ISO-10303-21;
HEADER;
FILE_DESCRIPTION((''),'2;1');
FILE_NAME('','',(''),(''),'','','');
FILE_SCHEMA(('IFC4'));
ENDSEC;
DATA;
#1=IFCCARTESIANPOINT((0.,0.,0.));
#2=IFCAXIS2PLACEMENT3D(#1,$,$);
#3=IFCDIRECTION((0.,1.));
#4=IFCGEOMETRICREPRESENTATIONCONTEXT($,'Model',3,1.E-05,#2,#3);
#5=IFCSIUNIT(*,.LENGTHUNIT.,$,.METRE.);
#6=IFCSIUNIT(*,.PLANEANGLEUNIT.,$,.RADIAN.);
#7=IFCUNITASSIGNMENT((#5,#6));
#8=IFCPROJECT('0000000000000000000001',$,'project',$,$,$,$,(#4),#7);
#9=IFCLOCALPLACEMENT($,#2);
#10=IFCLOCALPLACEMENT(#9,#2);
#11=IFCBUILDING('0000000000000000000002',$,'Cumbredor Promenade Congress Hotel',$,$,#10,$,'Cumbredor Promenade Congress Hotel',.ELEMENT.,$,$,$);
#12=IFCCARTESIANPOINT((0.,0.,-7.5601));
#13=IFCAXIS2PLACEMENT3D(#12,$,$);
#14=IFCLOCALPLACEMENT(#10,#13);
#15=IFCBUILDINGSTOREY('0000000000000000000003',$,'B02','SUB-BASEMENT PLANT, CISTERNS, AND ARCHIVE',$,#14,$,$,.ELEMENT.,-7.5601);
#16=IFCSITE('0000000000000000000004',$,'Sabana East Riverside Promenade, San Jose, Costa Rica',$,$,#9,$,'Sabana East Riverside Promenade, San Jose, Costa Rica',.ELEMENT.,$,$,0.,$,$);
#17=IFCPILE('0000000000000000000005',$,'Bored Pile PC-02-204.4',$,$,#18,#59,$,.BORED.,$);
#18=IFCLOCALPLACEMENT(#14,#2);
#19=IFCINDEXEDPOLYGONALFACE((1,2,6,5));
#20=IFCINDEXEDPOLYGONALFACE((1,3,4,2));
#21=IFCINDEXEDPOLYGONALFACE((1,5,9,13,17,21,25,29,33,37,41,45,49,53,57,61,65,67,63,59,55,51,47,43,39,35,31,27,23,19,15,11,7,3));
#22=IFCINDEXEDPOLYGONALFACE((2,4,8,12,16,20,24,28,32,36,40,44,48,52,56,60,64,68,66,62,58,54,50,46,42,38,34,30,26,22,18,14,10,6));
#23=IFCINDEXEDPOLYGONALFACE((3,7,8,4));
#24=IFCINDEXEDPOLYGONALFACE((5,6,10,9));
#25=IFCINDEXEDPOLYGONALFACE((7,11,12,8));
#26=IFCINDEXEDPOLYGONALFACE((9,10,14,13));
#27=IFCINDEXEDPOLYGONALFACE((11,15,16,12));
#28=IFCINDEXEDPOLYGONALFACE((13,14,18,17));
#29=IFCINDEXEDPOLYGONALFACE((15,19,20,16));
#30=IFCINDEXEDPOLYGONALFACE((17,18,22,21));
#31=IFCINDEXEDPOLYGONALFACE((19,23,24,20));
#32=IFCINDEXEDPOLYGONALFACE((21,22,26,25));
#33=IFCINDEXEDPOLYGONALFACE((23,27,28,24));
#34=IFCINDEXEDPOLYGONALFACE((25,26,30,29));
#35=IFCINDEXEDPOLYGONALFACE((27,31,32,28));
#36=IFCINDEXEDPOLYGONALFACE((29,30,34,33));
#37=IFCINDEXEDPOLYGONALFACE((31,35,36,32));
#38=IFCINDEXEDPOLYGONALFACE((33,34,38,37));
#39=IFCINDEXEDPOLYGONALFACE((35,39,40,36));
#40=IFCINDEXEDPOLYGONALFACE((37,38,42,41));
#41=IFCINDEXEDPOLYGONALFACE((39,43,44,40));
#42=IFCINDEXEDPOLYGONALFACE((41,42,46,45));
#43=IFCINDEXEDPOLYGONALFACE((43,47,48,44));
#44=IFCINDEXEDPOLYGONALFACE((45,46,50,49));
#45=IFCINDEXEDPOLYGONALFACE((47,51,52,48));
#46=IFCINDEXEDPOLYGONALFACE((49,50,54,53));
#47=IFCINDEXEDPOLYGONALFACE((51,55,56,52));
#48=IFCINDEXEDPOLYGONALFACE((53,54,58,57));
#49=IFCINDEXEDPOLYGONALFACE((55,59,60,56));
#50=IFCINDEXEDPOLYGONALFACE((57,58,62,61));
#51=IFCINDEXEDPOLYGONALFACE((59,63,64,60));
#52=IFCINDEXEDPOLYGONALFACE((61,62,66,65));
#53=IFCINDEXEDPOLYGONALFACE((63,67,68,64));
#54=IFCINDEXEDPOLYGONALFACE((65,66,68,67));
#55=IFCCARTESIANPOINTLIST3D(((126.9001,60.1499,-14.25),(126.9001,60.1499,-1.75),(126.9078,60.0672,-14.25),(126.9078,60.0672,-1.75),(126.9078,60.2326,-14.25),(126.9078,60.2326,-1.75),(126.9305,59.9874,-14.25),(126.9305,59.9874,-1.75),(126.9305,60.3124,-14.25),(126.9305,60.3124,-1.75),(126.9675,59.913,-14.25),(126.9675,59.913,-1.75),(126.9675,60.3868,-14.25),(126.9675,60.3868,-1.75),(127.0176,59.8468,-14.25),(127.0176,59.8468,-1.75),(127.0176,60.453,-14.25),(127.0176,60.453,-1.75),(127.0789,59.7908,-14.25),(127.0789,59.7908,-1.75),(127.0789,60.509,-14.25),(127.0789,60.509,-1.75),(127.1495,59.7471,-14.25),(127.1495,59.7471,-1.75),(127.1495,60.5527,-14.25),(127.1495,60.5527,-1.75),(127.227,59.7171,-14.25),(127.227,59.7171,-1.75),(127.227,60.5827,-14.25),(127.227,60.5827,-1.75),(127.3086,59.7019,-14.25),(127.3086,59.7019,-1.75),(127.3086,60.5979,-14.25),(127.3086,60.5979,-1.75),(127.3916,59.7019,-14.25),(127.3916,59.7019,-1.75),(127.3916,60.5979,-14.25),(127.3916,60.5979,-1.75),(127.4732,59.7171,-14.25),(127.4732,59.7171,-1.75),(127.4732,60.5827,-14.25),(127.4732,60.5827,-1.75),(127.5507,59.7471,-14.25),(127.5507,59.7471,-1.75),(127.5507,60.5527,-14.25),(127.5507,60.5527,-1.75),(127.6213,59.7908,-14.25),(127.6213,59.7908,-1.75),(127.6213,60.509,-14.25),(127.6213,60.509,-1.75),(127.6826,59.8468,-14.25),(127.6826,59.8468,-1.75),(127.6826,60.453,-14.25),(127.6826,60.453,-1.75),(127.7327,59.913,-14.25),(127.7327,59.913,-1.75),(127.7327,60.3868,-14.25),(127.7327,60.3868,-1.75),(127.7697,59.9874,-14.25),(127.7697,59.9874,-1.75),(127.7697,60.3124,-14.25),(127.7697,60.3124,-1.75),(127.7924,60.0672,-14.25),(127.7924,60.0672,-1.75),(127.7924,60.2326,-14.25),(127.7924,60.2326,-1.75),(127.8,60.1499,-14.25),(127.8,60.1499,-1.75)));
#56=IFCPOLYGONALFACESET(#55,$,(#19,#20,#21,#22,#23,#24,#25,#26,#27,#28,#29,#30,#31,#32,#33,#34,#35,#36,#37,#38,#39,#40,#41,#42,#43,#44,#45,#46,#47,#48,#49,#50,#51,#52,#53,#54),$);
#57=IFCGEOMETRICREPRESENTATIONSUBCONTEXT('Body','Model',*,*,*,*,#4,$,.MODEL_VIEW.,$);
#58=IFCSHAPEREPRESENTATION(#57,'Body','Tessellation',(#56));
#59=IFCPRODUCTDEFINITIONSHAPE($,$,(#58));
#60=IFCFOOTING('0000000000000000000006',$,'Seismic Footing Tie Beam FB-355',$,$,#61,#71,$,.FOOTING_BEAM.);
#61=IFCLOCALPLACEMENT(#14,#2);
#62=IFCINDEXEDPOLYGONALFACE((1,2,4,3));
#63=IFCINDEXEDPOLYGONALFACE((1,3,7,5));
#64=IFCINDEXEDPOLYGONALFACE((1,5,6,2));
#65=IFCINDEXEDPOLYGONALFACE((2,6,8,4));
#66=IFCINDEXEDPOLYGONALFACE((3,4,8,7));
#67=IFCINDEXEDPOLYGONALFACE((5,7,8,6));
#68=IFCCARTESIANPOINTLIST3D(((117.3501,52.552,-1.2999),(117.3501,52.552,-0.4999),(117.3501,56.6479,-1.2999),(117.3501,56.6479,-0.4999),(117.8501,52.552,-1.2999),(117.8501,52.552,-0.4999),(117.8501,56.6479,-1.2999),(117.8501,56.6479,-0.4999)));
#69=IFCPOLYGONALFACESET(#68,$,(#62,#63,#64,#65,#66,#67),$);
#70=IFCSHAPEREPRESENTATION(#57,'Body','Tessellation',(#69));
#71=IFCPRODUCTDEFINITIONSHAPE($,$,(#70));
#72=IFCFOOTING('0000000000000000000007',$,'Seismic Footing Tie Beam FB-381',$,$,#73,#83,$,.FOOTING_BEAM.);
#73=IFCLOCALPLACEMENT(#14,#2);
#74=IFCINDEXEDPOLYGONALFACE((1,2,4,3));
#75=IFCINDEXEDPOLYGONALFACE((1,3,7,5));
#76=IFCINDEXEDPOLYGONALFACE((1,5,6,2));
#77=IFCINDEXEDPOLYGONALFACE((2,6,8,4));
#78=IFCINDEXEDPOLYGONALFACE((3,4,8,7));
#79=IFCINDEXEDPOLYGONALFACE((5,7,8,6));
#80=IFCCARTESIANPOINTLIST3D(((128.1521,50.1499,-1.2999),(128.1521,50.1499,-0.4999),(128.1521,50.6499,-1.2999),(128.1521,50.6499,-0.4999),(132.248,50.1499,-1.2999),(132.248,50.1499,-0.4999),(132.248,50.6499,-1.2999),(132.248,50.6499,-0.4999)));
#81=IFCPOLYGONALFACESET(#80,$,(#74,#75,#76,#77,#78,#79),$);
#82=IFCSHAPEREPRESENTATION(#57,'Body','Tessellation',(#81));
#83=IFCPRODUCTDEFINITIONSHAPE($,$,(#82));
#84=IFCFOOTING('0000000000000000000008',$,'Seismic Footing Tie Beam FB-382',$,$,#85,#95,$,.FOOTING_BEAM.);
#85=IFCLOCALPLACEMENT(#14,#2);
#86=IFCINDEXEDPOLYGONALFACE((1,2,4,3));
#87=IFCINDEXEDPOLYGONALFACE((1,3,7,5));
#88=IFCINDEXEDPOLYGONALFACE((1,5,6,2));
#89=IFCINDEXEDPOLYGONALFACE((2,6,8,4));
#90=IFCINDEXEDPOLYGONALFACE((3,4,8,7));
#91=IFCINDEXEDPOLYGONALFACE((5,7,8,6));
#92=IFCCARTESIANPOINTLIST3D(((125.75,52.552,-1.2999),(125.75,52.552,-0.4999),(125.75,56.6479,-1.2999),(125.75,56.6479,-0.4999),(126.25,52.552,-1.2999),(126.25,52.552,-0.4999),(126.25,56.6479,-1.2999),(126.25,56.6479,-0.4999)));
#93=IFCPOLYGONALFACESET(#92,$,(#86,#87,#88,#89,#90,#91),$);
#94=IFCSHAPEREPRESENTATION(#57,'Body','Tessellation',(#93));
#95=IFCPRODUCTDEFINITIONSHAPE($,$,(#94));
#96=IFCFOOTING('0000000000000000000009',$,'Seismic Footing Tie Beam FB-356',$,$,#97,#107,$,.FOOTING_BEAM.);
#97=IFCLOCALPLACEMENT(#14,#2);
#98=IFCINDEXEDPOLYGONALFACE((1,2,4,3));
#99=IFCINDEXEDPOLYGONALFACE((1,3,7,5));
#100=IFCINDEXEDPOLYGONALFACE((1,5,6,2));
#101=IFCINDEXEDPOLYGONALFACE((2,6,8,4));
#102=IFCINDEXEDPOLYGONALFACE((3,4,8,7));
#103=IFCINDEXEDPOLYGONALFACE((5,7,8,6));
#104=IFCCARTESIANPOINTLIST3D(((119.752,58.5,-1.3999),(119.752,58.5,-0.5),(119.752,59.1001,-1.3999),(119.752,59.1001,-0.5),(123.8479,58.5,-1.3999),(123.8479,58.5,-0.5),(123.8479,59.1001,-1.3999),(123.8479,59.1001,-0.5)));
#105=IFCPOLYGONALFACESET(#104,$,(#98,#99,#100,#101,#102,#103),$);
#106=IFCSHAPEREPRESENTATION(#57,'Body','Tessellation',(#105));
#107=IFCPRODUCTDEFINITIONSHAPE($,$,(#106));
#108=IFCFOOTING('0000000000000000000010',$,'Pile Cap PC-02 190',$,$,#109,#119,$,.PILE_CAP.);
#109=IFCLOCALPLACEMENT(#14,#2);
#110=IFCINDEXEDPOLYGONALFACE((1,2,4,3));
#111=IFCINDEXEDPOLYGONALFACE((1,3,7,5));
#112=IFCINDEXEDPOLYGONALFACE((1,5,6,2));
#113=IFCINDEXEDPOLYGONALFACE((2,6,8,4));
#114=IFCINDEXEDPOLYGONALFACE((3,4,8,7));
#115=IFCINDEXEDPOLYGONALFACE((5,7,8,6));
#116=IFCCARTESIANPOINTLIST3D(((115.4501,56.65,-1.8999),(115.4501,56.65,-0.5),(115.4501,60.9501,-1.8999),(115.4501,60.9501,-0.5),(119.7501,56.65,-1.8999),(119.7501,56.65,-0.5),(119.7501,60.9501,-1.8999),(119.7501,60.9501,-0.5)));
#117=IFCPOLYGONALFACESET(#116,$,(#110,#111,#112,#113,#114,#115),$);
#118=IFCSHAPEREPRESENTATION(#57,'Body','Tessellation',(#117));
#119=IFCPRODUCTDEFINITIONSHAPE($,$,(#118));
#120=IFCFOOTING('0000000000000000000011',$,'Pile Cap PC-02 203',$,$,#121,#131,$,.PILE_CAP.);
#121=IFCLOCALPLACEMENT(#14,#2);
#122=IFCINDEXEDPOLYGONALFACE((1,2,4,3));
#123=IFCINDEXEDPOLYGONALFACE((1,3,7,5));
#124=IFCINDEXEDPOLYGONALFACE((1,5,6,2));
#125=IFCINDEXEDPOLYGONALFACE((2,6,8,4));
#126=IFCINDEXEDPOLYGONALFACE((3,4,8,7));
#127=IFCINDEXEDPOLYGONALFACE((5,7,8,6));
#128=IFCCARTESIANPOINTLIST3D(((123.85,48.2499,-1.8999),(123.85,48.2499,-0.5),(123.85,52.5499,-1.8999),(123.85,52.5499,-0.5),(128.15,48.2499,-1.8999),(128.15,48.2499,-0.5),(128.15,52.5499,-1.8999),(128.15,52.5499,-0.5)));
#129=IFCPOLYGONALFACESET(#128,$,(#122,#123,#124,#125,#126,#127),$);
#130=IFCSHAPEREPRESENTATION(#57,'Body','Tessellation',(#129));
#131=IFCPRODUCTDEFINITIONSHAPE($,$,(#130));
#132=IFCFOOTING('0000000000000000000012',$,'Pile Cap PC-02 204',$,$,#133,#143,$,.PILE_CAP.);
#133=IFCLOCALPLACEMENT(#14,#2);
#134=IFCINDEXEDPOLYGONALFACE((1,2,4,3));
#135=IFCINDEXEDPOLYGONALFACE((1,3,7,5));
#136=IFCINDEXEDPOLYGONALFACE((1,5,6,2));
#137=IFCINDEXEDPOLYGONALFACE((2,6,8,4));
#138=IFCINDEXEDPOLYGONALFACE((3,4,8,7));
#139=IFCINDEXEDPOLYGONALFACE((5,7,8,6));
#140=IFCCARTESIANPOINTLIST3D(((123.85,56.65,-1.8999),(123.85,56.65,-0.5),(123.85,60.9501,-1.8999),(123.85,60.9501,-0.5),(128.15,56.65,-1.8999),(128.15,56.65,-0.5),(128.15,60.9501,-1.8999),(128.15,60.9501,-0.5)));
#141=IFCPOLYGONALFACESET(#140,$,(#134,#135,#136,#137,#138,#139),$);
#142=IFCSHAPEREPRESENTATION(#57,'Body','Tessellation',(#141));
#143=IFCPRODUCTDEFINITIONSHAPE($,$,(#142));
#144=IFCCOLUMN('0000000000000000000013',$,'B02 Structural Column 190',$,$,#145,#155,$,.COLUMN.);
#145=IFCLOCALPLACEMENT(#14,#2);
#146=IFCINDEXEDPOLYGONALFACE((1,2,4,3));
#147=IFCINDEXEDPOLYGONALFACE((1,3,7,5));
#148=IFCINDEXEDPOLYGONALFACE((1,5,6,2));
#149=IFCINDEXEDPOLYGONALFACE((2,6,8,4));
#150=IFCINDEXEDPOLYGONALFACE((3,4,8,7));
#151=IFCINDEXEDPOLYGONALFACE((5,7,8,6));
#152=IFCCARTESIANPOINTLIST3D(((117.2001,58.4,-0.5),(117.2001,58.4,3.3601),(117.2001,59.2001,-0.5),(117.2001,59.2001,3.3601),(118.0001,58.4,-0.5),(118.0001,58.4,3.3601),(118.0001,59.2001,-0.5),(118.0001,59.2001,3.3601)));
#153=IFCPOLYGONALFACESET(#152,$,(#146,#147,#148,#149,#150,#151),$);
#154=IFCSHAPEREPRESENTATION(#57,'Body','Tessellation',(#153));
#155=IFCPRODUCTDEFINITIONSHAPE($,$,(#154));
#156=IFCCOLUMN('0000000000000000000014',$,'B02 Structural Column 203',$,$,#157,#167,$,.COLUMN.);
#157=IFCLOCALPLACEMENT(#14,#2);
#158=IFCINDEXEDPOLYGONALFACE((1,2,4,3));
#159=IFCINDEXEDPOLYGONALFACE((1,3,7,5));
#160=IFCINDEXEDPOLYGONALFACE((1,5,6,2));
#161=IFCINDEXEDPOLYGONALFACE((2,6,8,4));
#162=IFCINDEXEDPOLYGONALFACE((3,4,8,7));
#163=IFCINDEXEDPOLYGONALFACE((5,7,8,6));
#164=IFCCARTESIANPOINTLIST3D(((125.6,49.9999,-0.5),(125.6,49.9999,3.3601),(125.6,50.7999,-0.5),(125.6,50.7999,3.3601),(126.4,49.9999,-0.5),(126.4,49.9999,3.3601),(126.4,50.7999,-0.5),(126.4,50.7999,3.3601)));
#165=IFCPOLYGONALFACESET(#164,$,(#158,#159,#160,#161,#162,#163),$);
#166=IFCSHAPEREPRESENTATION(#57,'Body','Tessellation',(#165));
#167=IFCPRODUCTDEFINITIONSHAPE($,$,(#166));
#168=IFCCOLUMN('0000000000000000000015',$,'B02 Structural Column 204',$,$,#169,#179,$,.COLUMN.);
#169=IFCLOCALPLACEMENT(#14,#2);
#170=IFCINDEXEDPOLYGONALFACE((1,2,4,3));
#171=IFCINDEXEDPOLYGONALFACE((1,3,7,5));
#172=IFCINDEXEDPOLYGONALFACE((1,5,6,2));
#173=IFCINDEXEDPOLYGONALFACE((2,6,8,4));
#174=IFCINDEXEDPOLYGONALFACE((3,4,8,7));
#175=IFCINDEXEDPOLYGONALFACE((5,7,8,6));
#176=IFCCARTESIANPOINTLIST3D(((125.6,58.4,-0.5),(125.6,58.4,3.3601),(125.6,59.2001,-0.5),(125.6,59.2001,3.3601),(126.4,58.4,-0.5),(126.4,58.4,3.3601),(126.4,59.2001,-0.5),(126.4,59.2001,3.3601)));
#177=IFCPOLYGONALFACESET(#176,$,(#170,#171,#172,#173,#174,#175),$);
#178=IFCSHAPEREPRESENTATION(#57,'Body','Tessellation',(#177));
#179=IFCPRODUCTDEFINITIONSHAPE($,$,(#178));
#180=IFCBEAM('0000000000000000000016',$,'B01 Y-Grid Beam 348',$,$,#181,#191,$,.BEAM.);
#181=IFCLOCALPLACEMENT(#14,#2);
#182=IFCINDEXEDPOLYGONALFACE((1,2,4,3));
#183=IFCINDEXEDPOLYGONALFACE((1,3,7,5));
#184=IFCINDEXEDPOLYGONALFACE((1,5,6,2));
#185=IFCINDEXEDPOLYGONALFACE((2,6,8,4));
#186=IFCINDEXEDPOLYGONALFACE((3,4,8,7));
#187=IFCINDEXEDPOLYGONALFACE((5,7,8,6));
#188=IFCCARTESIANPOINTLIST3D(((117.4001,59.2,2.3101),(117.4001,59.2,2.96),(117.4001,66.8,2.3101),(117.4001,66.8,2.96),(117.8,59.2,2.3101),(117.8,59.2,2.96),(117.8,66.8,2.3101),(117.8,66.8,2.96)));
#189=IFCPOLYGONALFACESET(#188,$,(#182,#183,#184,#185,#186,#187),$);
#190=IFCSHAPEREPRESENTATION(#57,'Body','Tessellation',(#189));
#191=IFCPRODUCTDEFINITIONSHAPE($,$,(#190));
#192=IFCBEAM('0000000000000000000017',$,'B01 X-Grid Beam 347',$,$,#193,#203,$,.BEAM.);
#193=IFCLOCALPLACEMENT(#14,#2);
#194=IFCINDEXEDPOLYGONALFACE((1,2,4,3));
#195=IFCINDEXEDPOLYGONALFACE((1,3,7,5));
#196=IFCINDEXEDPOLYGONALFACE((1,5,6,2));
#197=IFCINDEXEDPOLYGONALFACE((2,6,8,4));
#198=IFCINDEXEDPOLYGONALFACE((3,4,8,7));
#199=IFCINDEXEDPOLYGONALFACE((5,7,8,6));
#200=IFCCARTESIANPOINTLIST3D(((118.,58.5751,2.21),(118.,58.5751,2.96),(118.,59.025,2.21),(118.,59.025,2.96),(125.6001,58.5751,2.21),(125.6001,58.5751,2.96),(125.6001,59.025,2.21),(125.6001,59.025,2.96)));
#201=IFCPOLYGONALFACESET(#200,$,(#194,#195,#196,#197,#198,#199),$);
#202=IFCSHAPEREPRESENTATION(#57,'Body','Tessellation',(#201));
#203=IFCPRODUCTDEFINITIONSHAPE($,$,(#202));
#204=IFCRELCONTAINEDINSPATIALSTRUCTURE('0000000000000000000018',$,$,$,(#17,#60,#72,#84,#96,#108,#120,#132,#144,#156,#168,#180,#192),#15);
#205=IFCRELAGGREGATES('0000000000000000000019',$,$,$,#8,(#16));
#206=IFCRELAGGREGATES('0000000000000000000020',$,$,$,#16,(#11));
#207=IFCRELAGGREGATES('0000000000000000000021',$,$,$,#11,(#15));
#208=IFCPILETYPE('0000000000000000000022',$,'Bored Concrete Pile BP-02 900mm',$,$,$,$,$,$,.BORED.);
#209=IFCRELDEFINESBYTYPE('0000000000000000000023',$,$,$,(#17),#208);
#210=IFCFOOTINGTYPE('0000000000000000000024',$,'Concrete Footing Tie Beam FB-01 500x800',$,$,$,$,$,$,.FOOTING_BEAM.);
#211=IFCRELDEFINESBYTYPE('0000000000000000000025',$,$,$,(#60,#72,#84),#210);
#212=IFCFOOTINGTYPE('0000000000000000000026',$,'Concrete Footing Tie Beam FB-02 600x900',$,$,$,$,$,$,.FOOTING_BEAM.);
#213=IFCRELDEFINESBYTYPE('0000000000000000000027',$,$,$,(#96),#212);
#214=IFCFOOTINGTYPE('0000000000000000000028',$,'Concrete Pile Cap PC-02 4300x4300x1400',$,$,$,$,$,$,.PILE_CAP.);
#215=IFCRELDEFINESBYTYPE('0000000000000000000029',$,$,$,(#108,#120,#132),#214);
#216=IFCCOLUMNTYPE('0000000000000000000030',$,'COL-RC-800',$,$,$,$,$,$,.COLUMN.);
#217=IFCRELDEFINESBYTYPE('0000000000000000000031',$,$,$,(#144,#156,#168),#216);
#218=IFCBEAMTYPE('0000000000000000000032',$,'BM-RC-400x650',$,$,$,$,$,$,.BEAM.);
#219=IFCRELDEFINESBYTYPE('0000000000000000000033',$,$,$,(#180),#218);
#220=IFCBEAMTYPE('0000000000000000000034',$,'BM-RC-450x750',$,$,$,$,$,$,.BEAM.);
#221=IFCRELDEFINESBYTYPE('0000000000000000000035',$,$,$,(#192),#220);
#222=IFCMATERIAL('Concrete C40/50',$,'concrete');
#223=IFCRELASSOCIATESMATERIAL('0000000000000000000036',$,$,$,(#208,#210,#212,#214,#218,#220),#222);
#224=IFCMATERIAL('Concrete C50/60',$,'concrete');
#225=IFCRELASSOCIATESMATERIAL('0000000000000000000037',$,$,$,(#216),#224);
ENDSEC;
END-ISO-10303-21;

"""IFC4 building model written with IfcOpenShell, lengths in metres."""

from ifc_helpers import new_model, si_unit, direction, frame, origin, origin_2d, place, context, subcontext, project, spatial, rectangle, circle, extrude, material, material_profile, profile_set, type_object, element, save


model = new_model("IFC4")

# Units and contexts
model_context = context("Model", 3, precision=1e-05, world=origin(), true_north=direction((0.0, 1.0)))
body_context = subcontext(model_context, "Body", "Model", "MODEL_VIEW")
ifc_project = project(units=[si_unit("LENGTHUNIT", "METRE"), si_unit("PLANEANGLEUNIT", "RADIAN")], contexts=[model_context])

# Site, building, storey
site_placement = place(None, origin())
site = spatial("IfcSite", under=ifc_project, at=site_placement, Name="Sabana East Riverside Promenade, San Jose, Costa Rica", LongName="Sabana East Riverside Promenade, San Jose, Costa Rica", CompositionType="ELEMENT", RefElevation=0.0)
building_placement = place(site_placement, origin())
building = spatial("IfcBuilding", under=site, at=building_placement, Name="Cumbredor Promenade Congress Hotel", LongName="Cumbredor Promenade Congress Hotel", CompositionType="ELEMENT")
storey_placement = place(building_placement, frame((0.0, 0.0, -7.5601)))
storey = spatial("IfcBuildingStorey", under=building, at=storey_placement, Name="B02", Description="SUB-BASEMENT PLANT, CISTERNS, AND ARCHIVE", CompositionType="ELEMENT", Elevation=-7.5601)

# Pile
ifc_material_1 = material(Name="Concrete C40/50", Category="concrete")
ifc_material_profile_1 = material_profile(ifc_material_1, circle(Radius=0.45, at=origin_2d()), Name="PILE D900")
ifc_profile_set_1 = profile_set([ifc_material_profile_1], Name="Concrete C40/50")
pile_type = type_object("IfcPileType", Name="Bored Concrete Pile BP-02 900mm", PredefinedType="BORED", material=ifc_profile_set_1)
for number, where, z_axis, x_axis, name in (
    (1, (127.3501, 60.1499, -1.75), (0.0, 0.0, -1.0), (1.0, 0.0, 0.0), "Bored Pile PC-02-204.4"),
):
    element("IfcPile", number, at=place(storey_placement, frame(where, z_axis=z_axis, x_axis=x_axis)), inside=storey, type_object=pile_type, Name=name, PredefinedType="BORED", context=body_context, shape_type="SweptSolid", body=[
        extrude(circle(Radius=0.45, at=origin_2d()), origin(), (0.0, 0.0, 1.0), 12.5),
    ])

# Footings
ifc_material_profile_2 = material_profile(ifc_material_1, rectangle(XDim=0.5, YDim=0.8, at=origin_2d()), Name="FB 500x800")
ifc_profile_set_2 = profile_set([ifc_material_profile_2], Name="Concrete C40/50")
footing_type_1 = type_object("IfcFootingType", Name="Concrete Footing Tie Beam FB-01 500x800", PredefinedType="FOOTING_BEAM", material=ifc_profile_set_2)
for number, where, z_axis, x_axis, name in (
    (2, (117.6001, 52.552, -0.8999), (0.0, 1.0, 0.0), (-1.0, 0.0, 0.0), "Seismic Footing Tie Beam FB-355"),
    (3, (128.1521, 50.3999, -0.8999), (1.0, 0.0, 0.0), (0.0, 1.0, 0.0), "Seismic Footing Tie Beam FB-381"),
    (4, (126.0, 52.552, -0.8999), (0.0, 1.0, 0.0), (-1.0, 0.0, 0.0), "Seismic Footing Tie Beam FB-382"),
):
    element("IfcFooting", number, at=place(storey_placement, frame(where, z_axis=z_axis, x_axis=x_axis)), inside=storey, type_object=footing_type_1, Name=name, PredefinedType="FOOTING_BEAM", context=body_context, shape_type="SweptSolid", body=[
        extrude(rectangle(XDim=0.5, YDim=0.8, at=origin_2d()), origin(), (0.0, 0.0, 1.0), 4.0959),
    ])
ifc_material_profile_3 = material_profile(ifc_material_1, rectangle(XDim=0.6001, YDim=0.8999, at=origin_2d()), Name="FB 600x900")
ifc_profile_set_3 = profile_set([ifc_material_profile_3], Name="Concrete C40/50")
footing_type_2 = type_object("IfcFootingType", Name="Concrete Footing Tie Beam FB-02 600x900", PredefinedType="FOOTING_BEAM", material=ifc_profile_set_3)
footing_placement = place(storey_placement, frame((119.752, 58.8, -0.95), z_axis=(1.0, 0.0, 0.0), x_axis=(0.0, 1.0, 0.0)))
element("IfcFooting", 5, at=footing_placement, inside=storey, type_object=footing_type_2, Name="Seismic Footing Tie Beam FB-356", PredefinedType="FOOTING_BEAM", context=body_context, shape_type="SweptSolid", body=[
    extrude(rectangle(XDim=0.6001, YDim=0.8999, at=origin_2d()), origin(), (0.0, 0.0, 1.0), 4.0959),
])
footing_type_3 = type_object("IfcFootingType", Name="Concrete Pile Cap PC-02 4300x4300x1400", PredefinedType="PILE_CAP", material=ifc_material_1)
for number, where, z_axis, x_axis, name in (
    (6, (117.6001, 58.8, -1.8999), (0.0, 0.0, 1.0), (1.0, 0.0, 0.0), "Pile Cap PC-02 190"),
    (7, (126.0, 50.3999, -1.8999), (0.0, 0.0, 1.0), (1.0, 0.0, 0.0), "Pile Cap PC-02 203"),
    (8, (126.0, 58.8, -1.8999), (0.0, 0.0, 1.0), (1.0, 0.0, 0.0), "Pile Cap PC-02 204"),
):
    element("IfcFooting", number, at=place(storey_placement, frame(where, z_axis=z_axis, x_axis=x_axis)), inside=storey, type_object=footing_type_3, Name=name, PredefinedType="PILE_CAP", context=body_context, shape_type="SweptSolid", body=[
        extrude(rectangle(XDim=4.3, YDim=4.3, at=origin_2d()), origin(), (0.0, 0.0, 1.0), 1.3999),
    ])

# Columns
ifc_material_2 = material(Name="Concrete C50/60", Category="concrete")
ifc_material_profile_4 = material_profile(ifc_material_2, rectangle(XDim=0.8, YDim=0.8, at=origin_2d()), Name="RC 800x800")
ifc_profile_set_4 = profile_set([ifc_material_profile_4], Name="Concrete C50/60")
column_type = type_object("IfcColumnType", Name="COL-RC-800", PredefinedType="COLUMN", material=ifc_profile_set_4)
for number, where, z_axis, x_axis, name in (
    (9, (117.6001, 58.8, -0.5), (0.0, 0.0, 1.0), (1.0, 0.0, 0.0), "B02 Structural Column 190"),
    (10, (126.0, 50.3999, -0.5), (0.0, 0.0, 1.0), (1.0, 0.0, 0.0), "B02 Structural Column 203"),
    (11, (126.0, 58.8, -0.5), (0.0, 0.0, 1.0), (1.0, 0.0, 0.0), "B02 Structural Column 204"),
):
    element("IfcColumn", number, at=place(storey_placement, frame(where, z_axis=z_axis, x_axis=x_axis)), inside=storey, type_object=column_type, Name=name, PredefinedType="COLUMN", context=body_context, shape_type="SweptSolid", body=[
        extrude(rectangle(XDim=0.8, YDim=0.8, at=origin_2d()), origin(), (0.0, 0.0, 1.0), 3.8601),
    ])

# Beams
ifc_material_profile_5 = material_profile(ifc_material_1, rectangle(XDim=0.3999, YDim=0.6499, at=origin_2d()), Name="RC BEAM 400x650")
ifc_profile_set_5 = profile_set([ifc_material_profile_5], Name="Concrete C40/50")
beam_type_1 = type_object("IfcBeamType", Name="BM-RC-400x650", PredefinedType="BEAM", material=ifc_profile_set_5)
beam_1_placement = place(storey_placement, frame((117.6001, 59.2, 2.635), z_axis=(0.0, 1.0, 0.0), x_axis=(-1.0, 0.0, 0.0)))
element("IfcBeam", 12, at=beam_1_placement, inside=storey, type_object=beam_type_1, Name="B01 Y-Grid Beam 348", PredefinedType="BEAM", context=body_context, shape_type="SweptSolid", body=[
    extrude(rectangle(XDim=0.3999, YDim=0.6499, at=origin_2d()), origin(), (0.0, 0.0, 1.0), 7.6001),
])
ifc_material_profile_6 = material_profile(ifc_material_1, rectangle(XDim=0.45, YDim=0.75, at=origin_2d()), Name="RC BEAM 450x750")
ifc_profile_set_6 = profile_set([ifc_material_profile_6], Name="Concrete C40/50")
beam_type_2 = type_object("IfcBeamType", Name="BM-RC-450x750", PredefinedType="BEAM", material=ifc_profile_set_6)
for number, where, z_axis, x_axis, name in (
    (13, (118.0, 58.8, 2.585), (1.0, 0.0, 0.0), (0.0, 1.0, 0.0), "B01 X-Grid Beam 347"),
):
    element("IfcBeam", number, at=place(storey_placement, frame(where, z_axis=z_axis, x_axis=x_axis)), inside=storey, type_object=beam_type_2, Name=name, PredefinedType="BEAM", context=body_context, shape_type="SweptSolid", body=[
        extrude(rectangle(XDim=0.45, YDim=0.75, at=origin_2d()), origin(), (0.0, 0.0, 1.0), 7.6001),
    ])

save(model, "model.ifc")
